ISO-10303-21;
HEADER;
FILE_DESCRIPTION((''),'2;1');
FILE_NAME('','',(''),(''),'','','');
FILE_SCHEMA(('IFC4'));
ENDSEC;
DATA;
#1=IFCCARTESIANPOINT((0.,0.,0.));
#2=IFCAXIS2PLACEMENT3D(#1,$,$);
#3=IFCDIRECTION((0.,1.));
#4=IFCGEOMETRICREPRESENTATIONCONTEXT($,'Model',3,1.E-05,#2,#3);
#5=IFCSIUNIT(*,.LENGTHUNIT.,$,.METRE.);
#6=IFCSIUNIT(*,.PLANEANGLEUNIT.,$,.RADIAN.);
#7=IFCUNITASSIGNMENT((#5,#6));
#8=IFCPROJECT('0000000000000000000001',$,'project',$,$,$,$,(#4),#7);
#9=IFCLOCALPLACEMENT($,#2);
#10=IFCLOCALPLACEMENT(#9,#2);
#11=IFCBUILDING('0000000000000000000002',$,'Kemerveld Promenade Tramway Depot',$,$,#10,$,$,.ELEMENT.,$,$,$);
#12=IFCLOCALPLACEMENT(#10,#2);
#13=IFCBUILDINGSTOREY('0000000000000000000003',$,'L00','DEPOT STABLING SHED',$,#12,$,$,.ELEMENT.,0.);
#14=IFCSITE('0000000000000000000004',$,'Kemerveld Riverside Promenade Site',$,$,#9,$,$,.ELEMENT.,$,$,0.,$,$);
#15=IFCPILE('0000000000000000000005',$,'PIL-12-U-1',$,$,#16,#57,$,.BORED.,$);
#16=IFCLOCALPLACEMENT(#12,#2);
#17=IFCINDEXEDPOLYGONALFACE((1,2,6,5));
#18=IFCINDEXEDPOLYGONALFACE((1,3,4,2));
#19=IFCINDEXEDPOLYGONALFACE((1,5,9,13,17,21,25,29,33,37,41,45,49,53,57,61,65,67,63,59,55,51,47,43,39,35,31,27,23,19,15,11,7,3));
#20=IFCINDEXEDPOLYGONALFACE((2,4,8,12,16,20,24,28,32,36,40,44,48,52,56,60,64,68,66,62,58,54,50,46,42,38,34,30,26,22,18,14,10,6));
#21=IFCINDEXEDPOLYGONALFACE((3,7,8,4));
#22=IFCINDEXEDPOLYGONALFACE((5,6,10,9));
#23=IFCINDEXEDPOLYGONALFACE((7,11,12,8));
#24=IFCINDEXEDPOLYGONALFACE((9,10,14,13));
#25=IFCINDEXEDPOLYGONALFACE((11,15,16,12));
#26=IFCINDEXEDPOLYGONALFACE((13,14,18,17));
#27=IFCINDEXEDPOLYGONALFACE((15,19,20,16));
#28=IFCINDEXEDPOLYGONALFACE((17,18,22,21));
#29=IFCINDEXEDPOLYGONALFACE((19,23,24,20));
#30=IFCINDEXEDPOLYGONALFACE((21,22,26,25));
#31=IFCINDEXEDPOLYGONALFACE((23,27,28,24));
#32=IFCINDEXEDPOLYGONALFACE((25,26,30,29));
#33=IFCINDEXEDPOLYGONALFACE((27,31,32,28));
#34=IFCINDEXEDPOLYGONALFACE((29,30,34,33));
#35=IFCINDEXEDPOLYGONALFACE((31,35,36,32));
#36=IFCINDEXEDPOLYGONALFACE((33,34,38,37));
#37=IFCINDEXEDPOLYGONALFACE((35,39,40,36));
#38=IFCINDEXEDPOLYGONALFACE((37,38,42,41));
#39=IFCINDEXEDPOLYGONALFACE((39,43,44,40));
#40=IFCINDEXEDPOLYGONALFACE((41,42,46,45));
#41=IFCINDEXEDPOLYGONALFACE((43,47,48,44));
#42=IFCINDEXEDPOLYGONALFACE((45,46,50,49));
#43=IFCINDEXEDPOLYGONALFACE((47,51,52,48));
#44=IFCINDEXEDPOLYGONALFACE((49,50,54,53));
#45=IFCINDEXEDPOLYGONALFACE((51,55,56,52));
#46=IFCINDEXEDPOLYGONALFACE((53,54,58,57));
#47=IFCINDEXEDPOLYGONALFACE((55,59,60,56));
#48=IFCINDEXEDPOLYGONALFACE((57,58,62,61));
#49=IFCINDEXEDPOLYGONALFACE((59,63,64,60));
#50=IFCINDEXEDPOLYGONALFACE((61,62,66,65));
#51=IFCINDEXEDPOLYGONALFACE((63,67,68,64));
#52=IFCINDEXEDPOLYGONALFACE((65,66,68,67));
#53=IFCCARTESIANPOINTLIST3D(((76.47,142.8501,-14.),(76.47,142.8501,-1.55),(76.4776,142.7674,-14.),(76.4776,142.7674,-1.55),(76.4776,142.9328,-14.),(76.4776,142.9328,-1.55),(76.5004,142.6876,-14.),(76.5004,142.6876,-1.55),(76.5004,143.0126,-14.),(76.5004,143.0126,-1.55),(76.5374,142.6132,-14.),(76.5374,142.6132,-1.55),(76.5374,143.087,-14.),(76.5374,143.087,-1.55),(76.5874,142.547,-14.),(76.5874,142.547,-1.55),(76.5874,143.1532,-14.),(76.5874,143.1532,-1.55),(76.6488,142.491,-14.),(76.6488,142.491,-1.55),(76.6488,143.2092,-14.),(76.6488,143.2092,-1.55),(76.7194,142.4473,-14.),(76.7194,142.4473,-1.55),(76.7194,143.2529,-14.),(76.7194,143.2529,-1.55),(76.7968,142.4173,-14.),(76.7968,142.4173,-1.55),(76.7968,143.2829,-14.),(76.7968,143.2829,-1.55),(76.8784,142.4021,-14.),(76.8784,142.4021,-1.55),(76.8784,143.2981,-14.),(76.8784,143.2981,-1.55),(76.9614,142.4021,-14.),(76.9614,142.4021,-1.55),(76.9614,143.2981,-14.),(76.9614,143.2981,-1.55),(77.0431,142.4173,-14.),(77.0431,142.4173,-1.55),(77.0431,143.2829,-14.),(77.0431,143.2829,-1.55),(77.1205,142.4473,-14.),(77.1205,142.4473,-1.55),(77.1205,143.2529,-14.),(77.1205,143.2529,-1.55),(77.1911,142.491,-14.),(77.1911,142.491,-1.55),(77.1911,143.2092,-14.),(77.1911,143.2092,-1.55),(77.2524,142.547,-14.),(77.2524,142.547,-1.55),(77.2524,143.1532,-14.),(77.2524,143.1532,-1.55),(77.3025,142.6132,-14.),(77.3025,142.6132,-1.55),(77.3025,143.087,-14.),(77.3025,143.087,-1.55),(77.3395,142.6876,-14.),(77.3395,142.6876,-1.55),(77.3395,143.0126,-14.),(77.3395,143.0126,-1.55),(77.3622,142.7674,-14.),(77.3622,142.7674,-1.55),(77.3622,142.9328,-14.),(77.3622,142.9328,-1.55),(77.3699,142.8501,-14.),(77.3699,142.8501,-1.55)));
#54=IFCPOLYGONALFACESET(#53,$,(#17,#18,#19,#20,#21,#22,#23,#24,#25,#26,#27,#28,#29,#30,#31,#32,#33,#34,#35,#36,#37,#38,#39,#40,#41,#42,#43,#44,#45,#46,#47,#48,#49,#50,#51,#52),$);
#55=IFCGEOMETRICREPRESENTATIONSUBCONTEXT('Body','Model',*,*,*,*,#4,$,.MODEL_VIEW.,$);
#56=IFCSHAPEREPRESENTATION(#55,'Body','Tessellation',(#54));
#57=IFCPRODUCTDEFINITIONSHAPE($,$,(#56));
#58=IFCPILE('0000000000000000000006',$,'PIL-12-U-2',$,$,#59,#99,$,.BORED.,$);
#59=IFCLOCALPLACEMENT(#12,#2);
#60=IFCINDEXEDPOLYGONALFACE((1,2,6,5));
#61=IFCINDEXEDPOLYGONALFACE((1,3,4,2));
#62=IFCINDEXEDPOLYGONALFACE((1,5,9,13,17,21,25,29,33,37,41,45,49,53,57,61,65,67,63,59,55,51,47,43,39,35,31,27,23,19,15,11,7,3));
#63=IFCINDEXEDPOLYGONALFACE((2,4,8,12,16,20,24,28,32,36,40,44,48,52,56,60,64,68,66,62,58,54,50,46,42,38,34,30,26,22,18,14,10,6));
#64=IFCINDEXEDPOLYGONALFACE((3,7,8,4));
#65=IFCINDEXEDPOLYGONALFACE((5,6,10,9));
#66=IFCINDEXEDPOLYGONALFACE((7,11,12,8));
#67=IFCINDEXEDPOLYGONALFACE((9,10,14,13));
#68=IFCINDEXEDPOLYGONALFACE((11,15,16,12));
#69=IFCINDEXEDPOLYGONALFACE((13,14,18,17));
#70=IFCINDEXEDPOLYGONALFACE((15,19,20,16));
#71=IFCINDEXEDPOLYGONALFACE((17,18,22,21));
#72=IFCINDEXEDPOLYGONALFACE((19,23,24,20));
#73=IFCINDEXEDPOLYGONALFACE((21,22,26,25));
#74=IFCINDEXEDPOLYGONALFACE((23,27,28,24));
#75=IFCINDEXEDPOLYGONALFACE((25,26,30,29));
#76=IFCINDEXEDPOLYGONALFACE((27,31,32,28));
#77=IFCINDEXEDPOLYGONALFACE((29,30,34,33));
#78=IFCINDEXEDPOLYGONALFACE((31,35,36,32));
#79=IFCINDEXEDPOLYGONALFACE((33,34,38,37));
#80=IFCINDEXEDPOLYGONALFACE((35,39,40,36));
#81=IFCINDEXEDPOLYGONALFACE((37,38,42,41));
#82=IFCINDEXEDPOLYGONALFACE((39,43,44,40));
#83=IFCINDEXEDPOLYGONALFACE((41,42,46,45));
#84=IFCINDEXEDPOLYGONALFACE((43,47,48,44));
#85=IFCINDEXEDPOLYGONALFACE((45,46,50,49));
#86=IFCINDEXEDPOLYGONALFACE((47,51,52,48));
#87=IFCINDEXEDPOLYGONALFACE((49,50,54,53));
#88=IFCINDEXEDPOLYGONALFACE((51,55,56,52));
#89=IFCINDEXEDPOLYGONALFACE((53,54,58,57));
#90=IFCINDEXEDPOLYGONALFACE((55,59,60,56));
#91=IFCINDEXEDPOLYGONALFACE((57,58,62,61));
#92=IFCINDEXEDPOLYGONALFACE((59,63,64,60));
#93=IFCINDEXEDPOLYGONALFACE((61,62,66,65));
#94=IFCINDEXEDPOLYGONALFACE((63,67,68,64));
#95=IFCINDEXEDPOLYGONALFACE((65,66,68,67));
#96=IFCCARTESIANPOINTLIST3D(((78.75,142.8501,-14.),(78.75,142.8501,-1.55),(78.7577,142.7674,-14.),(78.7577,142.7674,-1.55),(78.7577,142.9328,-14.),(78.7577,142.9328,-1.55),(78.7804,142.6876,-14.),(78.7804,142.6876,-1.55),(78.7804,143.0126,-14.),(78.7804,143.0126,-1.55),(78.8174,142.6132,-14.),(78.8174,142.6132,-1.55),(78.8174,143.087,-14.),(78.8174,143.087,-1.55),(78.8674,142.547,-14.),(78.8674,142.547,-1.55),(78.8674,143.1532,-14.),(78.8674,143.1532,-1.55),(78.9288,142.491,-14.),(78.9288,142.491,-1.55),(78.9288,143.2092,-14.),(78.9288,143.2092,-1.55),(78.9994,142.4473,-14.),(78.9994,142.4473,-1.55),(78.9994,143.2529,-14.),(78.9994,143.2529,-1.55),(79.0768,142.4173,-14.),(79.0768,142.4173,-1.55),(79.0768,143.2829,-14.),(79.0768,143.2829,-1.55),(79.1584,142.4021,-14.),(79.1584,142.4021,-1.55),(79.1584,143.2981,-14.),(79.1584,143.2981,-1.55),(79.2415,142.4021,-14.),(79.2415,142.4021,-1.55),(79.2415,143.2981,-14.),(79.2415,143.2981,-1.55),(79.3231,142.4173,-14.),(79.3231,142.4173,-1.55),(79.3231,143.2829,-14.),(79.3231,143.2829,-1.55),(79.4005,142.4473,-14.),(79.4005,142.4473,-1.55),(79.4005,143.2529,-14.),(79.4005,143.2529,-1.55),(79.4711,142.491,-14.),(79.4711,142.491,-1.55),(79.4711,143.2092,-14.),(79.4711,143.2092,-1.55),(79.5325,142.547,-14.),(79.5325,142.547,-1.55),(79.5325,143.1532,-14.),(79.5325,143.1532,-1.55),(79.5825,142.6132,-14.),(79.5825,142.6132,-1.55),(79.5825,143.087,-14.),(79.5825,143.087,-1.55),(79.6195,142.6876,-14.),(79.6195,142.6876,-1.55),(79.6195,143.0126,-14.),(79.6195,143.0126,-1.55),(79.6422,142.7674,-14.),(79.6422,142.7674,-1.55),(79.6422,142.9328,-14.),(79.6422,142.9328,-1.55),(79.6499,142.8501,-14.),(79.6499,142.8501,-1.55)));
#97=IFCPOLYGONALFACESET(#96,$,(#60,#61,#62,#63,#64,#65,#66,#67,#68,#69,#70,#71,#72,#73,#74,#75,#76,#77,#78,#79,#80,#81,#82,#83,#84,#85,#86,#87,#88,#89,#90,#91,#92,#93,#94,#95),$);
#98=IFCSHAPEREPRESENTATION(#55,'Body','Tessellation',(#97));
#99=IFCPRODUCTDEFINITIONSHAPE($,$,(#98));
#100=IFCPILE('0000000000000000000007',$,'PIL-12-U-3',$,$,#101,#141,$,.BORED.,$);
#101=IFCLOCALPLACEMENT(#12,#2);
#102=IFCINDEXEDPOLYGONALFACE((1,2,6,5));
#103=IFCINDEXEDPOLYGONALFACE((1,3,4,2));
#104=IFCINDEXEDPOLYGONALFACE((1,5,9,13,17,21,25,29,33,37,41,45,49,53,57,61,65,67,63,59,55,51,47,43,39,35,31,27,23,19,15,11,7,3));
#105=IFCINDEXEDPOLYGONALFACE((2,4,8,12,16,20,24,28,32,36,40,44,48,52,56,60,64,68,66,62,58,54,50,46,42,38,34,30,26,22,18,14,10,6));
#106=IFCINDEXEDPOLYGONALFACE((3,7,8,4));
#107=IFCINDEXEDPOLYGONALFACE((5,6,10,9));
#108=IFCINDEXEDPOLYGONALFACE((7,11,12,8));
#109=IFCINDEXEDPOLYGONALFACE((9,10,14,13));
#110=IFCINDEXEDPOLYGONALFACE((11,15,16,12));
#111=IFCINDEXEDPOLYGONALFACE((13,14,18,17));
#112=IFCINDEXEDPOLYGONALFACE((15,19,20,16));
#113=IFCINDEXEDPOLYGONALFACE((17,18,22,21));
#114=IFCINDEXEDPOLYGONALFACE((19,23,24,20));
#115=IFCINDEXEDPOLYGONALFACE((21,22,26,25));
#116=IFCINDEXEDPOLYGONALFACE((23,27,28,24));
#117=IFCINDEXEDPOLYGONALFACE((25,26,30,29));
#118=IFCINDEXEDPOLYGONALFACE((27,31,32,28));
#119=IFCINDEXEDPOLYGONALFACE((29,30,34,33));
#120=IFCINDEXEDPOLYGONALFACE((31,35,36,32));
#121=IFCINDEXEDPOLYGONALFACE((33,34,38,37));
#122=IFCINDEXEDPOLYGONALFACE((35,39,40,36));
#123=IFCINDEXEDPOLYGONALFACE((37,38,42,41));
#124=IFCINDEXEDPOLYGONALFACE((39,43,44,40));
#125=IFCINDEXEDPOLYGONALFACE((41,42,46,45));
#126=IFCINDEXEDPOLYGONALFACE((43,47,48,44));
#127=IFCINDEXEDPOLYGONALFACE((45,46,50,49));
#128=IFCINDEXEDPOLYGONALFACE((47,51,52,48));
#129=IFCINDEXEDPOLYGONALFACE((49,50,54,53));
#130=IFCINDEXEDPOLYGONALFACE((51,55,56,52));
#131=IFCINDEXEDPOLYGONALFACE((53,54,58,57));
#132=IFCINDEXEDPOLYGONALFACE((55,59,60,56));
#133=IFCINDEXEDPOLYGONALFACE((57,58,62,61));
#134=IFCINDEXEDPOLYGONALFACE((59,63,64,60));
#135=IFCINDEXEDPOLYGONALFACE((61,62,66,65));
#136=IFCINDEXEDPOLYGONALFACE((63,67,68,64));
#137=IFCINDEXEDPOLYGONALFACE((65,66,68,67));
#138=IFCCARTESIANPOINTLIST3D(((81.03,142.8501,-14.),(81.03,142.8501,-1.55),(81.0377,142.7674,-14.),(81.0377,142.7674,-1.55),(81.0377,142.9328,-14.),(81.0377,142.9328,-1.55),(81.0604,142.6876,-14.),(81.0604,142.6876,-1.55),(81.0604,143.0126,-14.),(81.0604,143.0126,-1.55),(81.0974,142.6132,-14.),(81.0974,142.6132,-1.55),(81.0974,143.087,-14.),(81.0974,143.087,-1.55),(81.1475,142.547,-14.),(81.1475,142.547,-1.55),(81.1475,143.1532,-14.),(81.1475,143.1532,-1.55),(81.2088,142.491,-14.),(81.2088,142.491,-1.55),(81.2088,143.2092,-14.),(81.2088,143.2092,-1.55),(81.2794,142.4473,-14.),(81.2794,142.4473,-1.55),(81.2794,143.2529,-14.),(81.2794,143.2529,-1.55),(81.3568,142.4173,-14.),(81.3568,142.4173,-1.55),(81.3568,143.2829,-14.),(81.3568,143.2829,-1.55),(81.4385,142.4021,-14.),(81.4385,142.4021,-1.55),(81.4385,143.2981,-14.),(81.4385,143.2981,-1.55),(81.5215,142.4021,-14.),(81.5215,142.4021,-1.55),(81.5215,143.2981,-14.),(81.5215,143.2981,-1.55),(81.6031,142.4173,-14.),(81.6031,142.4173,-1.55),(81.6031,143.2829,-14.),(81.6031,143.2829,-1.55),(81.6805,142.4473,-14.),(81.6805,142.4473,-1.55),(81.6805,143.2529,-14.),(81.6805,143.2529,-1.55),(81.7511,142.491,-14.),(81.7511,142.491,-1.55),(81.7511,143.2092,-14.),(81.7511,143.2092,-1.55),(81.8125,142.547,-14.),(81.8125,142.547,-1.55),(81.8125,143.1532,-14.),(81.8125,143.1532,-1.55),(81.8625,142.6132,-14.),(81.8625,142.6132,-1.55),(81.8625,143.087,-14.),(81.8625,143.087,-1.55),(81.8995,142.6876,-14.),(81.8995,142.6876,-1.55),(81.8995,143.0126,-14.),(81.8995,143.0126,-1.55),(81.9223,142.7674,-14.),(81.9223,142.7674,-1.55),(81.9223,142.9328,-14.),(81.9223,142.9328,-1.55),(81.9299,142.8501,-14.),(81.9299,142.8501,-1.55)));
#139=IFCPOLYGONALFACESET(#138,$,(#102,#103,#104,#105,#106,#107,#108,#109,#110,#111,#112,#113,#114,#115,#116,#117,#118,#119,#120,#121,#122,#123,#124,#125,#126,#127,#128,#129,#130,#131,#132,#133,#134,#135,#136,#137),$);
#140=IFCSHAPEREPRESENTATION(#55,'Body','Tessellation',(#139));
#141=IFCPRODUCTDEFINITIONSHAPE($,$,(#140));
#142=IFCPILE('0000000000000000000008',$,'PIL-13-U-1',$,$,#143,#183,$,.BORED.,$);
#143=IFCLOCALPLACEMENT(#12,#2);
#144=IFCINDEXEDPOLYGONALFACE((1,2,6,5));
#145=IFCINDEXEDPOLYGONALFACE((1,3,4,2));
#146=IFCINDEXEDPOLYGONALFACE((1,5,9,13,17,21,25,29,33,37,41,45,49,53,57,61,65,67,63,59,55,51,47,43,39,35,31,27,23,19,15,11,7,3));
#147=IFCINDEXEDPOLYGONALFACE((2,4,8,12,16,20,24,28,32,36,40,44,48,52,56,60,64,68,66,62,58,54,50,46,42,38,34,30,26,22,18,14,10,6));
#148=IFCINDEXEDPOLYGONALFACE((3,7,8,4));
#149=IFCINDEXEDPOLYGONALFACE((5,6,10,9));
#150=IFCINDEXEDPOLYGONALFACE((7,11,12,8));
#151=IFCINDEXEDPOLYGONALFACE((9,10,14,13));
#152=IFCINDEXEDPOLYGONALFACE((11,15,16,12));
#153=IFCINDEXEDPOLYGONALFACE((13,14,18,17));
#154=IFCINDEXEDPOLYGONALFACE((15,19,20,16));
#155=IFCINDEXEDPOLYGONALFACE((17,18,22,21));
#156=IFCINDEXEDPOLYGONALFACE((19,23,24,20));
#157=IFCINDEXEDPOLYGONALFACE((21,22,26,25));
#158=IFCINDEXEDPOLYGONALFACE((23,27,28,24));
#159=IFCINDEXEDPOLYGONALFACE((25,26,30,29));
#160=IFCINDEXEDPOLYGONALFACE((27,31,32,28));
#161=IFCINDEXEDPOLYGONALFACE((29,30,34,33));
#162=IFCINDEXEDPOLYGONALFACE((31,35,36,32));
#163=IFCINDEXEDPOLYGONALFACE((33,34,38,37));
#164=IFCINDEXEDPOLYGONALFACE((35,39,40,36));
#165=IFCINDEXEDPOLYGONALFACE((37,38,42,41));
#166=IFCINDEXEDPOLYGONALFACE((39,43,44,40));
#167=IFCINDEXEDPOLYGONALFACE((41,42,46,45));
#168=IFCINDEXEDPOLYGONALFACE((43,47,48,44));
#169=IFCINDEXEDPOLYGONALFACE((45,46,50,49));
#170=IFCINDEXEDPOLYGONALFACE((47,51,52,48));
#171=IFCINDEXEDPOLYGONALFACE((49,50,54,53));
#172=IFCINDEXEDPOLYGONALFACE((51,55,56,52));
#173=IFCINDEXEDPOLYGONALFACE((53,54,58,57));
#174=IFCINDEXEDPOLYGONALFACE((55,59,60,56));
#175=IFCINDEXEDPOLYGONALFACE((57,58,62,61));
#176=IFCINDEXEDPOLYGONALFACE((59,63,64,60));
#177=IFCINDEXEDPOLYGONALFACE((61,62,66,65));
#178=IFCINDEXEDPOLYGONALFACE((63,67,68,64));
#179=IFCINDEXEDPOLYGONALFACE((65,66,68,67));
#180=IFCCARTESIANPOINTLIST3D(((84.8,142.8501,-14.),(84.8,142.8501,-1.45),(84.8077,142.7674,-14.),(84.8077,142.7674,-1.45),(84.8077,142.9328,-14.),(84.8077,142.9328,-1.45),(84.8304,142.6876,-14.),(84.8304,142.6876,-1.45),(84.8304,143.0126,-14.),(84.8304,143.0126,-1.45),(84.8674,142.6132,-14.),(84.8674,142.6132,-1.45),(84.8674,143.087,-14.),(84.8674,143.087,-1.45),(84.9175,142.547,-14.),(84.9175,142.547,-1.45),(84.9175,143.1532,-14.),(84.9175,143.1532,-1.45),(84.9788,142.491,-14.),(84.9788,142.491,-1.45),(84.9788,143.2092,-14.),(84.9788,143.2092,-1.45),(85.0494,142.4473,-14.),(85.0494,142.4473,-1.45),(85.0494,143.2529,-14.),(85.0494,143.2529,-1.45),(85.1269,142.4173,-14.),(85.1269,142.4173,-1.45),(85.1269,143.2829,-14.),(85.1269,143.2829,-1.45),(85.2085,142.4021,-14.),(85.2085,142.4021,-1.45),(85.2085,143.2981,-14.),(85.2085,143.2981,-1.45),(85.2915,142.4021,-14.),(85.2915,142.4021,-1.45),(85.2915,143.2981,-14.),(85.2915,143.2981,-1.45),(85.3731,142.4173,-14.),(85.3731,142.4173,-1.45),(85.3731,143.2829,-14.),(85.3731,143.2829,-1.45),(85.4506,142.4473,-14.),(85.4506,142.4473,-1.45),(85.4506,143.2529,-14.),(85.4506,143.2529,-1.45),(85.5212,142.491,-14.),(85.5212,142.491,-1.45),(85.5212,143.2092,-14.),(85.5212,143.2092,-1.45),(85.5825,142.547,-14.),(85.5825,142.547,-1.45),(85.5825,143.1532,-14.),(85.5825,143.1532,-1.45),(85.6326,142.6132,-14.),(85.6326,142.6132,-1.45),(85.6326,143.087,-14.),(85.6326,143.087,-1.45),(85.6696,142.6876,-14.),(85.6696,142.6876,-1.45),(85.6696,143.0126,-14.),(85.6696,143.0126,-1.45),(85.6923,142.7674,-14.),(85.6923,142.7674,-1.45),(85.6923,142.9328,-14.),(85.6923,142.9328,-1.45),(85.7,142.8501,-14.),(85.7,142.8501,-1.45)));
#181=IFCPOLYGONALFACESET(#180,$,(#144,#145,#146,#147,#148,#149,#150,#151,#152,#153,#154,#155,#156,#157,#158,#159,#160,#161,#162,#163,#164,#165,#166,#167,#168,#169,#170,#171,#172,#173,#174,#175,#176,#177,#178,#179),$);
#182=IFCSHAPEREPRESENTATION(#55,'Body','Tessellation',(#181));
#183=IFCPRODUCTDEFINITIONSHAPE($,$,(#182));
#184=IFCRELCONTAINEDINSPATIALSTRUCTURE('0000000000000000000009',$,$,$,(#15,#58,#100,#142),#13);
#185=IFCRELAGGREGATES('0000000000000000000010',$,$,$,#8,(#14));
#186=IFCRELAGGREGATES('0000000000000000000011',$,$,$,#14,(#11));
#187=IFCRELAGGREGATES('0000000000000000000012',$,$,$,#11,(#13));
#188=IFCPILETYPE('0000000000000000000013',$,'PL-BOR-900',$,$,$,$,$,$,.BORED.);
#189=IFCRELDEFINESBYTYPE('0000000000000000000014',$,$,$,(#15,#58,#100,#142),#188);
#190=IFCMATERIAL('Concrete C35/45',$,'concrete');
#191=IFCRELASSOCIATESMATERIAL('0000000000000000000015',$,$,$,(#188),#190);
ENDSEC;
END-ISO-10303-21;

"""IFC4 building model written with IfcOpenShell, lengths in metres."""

from ifc_helpers import new_model, si_unit, direction, frame, origin, origin_2d, place, context, subcontext, project, spatial, circle, extrude, material, material_profile, profile_set, type_object, element, save


model = new_model("IFC4")

# Units and contexts
model_context = context("Model", 3, precision=1e-05, world=origin(), true_north=direction((0.0, 1.0)))
body_context = subcontext(model_context, "Body", "Model", "MODEL_VIEW")
ifc_project = project(units=[si_unit("LENGTHUNIT", "METRE"), si_unit("PLANEANGLEUNIT", "RADIAN")], contexts=[model_context])

# Site, building, storey
site_placement = place(None, origin())
site = spatial("IfcSite", under=ifc_project, at=site_placement, Name="Kemerveld Riverside Promenade Site", CompositionType="ELEMENT", RefElevation=0.0)
building_placement = place(site_placement, origin())
building = spatial("IfcBuilding", under=site, at=building_placement, Name="Kemerveld Promenade Tramway Depot", CompositionType="ELEMENT")
storey_placement = place(building_placement, origin())
storey = spatial("IfcBuildingStorey", under=building, at=storey_placement, Name="L00", Description="DEPOT STABLING SHED", CompositionType="ELEMENT", Elevation=0.0)

# Piles
ifc_material_1 = material(Name="Concrete C35/45", Category="concrete")
ifc_material_profile_1 = material_profile(ifc_material_1, circle(Radius=0.45, at=origin_2d()), Name="PILE-D900")
ifc_profile_set_1 = profile_set([ifc_material_profile_1], Name="Concrete C35/45")
pile_type = type_object("IfcPileType", Name="PL-BOR-900", PredefinedType="BORED", material=ifc_profile_set_1)
for number, where, z_axis, x_axis, name in (
    (1, (76.9199, 142.8501, -1.55), (0.0, 0.0, -1.0), (1.0, 0.0, 0.0), "PIL-12-U-1"),
    (2, (79.2, 142.8501, -1.55), (0.0, 0.0, -1.0), (1.0, 0.0, 0.0), "PIL-12-U-2"),
    (3, (81.48, 142.8501, -1.55), (0.0, 0.0, -1.0), (1.0, 0.0, 0.0), "PIL-12-U-3"),
):
    element("IfcPile", number, at=place(storey_placement, frame(where, z_axis=z_axis, x_axis=x_axis)), inside=storey, type_object=pile_type, Name=name, PredefinedType="BORED", context=body_context, shape_type="SweptSolid", body=[
        extrude(circle(Radius=0.45, at=origin_2d()), origin(), (0.0, 0.0, 1.0), 12.45),
    ])
pile_placement = place(storey_placement, frame((85.25, 142.8501, -1.45), z_axis=(0.0, 0.0, -1.0), x_axis=(1.0, 0.0, 0.0)))
element("IfcPile", 4, at=pile_placement, inside=storey, type_object=pile_type, Name="PIL-13-U-1", PredefinedType="BORED", context=body_context, shape_type="SweptSolid", body=[
    extrude(circle(Radius=0.45, at=origin_2d()), origin(), (0.0, 0.0, 1.0), 12.55),
])

save(model, "model.ifc")
